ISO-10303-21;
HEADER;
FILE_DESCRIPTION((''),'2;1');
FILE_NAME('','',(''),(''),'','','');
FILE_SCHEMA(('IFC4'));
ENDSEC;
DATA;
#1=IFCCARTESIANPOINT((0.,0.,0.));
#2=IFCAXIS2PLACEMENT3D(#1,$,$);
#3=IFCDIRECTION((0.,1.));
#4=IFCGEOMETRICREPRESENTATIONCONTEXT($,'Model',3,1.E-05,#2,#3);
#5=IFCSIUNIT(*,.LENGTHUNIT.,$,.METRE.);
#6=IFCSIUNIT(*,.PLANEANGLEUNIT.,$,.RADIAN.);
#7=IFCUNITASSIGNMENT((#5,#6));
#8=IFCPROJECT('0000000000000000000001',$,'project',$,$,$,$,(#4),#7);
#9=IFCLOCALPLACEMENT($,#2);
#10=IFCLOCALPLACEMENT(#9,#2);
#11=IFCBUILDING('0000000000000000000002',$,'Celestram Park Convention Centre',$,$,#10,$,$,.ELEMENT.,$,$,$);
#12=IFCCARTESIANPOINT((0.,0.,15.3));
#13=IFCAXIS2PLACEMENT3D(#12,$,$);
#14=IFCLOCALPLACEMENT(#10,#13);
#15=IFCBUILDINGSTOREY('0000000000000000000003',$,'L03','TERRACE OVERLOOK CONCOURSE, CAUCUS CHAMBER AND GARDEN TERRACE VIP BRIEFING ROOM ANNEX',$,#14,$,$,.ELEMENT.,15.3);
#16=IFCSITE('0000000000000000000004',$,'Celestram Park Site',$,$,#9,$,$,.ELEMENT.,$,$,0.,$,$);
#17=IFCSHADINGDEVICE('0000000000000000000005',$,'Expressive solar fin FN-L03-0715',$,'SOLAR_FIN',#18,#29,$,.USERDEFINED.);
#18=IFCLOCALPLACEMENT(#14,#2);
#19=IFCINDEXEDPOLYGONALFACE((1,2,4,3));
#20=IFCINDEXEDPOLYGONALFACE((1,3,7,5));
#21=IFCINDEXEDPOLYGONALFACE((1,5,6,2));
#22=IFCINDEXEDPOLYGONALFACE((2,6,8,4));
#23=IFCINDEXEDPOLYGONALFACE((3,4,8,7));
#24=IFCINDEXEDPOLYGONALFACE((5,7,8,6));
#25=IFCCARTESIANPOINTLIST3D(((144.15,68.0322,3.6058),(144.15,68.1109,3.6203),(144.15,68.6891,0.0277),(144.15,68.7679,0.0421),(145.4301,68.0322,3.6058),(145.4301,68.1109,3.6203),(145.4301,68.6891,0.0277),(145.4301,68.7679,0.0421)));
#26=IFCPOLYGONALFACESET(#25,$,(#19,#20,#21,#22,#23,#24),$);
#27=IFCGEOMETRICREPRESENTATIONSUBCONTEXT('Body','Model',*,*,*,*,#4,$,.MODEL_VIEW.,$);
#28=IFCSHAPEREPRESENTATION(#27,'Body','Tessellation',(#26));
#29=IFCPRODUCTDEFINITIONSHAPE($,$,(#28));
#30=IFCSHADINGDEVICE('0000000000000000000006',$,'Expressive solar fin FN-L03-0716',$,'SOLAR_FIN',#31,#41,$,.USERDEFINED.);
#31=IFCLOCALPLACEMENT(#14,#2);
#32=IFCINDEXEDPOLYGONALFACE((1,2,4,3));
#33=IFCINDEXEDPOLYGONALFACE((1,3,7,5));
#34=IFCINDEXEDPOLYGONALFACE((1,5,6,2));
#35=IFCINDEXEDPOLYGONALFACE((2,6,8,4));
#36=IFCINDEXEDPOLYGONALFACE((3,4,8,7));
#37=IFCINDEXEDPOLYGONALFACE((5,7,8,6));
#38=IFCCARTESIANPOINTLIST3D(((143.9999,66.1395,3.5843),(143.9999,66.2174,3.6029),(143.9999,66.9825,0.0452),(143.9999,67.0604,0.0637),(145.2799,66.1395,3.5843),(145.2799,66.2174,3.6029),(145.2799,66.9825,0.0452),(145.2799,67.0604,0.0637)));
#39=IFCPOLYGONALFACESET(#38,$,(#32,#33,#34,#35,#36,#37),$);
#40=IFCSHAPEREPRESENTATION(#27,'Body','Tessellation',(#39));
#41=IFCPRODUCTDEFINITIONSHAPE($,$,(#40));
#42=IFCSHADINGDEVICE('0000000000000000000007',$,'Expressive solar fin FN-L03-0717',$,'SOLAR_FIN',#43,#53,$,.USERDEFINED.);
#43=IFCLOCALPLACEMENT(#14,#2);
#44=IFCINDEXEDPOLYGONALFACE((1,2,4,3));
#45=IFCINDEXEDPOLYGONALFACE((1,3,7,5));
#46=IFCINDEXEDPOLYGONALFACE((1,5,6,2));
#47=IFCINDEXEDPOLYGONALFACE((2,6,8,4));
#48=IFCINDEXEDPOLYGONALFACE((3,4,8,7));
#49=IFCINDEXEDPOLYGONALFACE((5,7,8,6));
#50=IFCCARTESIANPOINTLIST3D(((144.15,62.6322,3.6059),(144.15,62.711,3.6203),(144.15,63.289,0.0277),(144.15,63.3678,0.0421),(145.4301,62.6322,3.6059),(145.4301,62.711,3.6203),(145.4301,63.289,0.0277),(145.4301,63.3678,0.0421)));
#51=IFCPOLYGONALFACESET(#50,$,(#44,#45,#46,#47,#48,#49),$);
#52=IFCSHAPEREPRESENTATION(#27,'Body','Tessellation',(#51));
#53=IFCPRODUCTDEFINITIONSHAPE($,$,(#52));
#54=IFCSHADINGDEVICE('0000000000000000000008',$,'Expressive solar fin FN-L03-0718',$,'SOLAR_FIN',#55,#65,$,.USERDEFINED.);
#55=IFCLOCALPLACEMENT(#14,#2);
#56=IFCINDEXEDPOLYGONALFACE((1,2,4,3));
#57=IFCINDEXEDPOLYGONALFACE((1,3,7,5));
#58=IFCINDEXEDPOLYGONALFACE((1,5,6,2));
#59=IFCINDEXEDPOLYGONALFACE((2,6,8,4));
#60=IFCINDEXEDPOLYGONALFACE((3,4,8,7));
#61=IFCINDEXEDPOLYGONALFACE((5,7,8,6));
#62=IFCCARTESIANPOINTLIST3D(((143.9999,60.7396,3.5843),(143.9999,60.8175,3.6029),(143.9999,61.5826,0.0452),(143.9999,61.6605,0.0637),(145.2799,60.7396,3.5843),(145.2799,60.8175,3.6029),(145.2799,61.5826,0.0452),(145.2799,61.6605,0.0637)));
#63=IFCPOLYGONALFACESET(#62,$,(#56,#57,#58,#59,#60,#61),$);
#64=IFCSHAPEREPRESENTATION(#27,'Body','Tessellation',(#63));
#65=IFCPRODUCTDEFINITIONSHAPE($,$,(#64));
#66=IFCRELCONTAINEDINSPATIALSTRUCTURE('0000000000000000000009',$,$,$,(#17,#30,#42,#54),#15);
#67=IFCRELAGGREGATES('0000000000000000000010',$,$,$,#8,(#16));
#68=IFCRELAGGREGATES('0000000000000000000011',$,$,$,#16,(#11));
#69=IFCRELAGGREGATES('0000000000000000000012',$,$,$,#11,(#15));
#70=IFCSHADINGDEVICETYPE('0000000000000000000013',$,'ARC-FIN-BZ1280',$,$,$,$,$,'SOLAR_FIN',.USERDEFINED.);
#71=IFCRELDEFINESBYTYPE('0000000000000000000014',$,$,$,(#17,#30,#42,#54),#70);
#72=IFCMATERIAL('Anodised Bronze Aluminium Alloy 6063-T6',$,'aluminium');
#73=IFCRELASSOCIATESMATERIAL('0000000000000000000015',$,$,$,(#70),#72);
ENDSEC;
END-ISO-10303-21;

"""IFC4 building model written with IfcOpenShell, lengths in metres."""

from ifc_helpers import new_model, si_unit, direction, frame, origin, origin_2d, place, context, subcontext, project, spatial, rectangle, extrude, material, material_profile, profile_set, type_object, element, save


model = new_model("IFC4")

# Units and contexts
model_context = context("Model", 3, precision=1e-05, world=origin(), true_north=direction((0.0, 1.0)))
body_context = subcontext(model_context, "Body", "Model", "MODEL_VIEW")
ifc_project = project(units=[si_unit("LENGTHUNIT", "METRE"), si_unit("PLANEANGLEUNIT", "RADIAN")], contexts=[model_context])

# Site, building, storey
site_placement = place(None, origin())
site = spatial("IfcSite", under=ifc_project, at=site_placement, Name="Celestram Park Site", CompositionType="ELEMENT", RefElevation=0.0)
building_placement = place(site_placement, origin())
building = spatial("IfcBuilding", under=site, at=building_placement, Name="Celestram Park Convention Centre", CompositionType="ELEMENT")
storey_placement = place(building_placement, frame((0.0, 0.0, 15.3)))
storey = spatial("IfcBuildingStorey", under=building, at=storey_placement, Name="L03", Description="TERRACE OVERLOOK CONCOURSE, CAUCUS CHAMBER AND GARDEN TERRACE VIP BRIEFING ROOM ANNEX", CompositionType="ELEMENT", Elevation=15.3)

# Shading devices
ifc_material_1 = material(Name="Anodised Bronze Aluminium Alloy 6063-T6", Category="aluminium")
ifc_material_profile_1 = material_profile(ifc_material_1, rectangle(XDim=1.28, YDim=0.0801, at=origin_2d()), Name="FIN1280X80")
ifc_profile_set_1 = profile_set([ifc_material_profile_1], Name="Anodised Bronze Aluminium Alloy 6063-T6")
shading_device_type = type_object("IfcShadingDeviceType", Name="ARC-FIN-BZ1280", ElementType="SOLAR_FIN", PredefinedType="USERDEFINED", material=ifc_profile_set_1)
for number, where, z_axis, x_axis, name in (
    (1, (144.79, 68.7285, 0.0349), (0.0, -0.180592, 0.983558), (1.0, 0.0, 0.0), "Expressive solar fin FN-L03-0715"),
):
    element("IfcShadingDevice", number, at=place(storey_placement, frame(where, z_axis=z_axis, x_axis=x_axis)), inside=storey, type_object=shading_device_type, Name=name, ObjectType="SOLAR_FIN", PredefinedType="USERDEFINED", context=body_context, shape_type="SweptSolid", body=[
        extrude(rectangle(XDim=1.28, YDim=0.0801, at=origin_2d()), origin(), (0.0, 0.0, 1.0), 3.6379),
    ])
shading_device_1_placement = place(storey_placement, frame((144.6399, 67.0215, 0.0544), z_axis=(0.0, -0.23172, 0.972782), x_axis=(1.0, 0.0, 0.0)))
element("IfcShadingDevice", 2, at=shading_device_1_placement, inside=storey, type_object=shading_device_type, Name="Expressive solar fin FN-L03-0716", ObjectType="SOLAR_FIN", PredefinedType="USERDEFINED", context=body_context, shape_type="SweptSolid", body=[
    extrude(rectangle(XDim=1.28, YDim=0.0801, at=origin_2d()), origin(), (0.0, 0.0, 1.0), 3.6382),
])
shading_device_2_placement = place(storey_placement, frame((144.79, 63.3284, 0.0349), z_axis=(0.0, -0.180527, 0.98357), x_axis=(1.0, 0.0, 0.0)))
element("IfcShadingDevice", 3, at=shading_device_2_placement, inside=storey, type_object=shading_device_type, Name="Expressive solar fin FN-L03-0717", ObjectType="SOLAR_FIN", PredefinedType="USERDEFINED", context=body_context, shape_type="SweptSolid", body=[
    extrude(rectangle(XDim=1.28, YDim=0.0801, at=origin_2d()), origin(), (0.0, 0.0, 1.0), 3.6379),
])
shading_device_3_placement = place(storey_placement, frame((144.6399, 61.6216, 0.0544), z_axis=(0.0, -0.23172, 0.972782), x_axis=(1.0, 0.0, 0.0)))
element("IfcShadingDevice", 4, at=shading_device_3_placement, inside=storey, type_object=shading_device_type, Name="Expressive solar fin FN-L03-0718", ObjectType="SOLAR_FIN", PredefinedType="USERDEFINED", context=body_context, shape_type="SweptSolid", body=[
    extrude(rectangle(XDim=1.28, YDim=0.0801, at=origin_2d()), origin(), (0.0, 0.0, 1.0), 3.6382),
])

save(model, "model.ifc")
